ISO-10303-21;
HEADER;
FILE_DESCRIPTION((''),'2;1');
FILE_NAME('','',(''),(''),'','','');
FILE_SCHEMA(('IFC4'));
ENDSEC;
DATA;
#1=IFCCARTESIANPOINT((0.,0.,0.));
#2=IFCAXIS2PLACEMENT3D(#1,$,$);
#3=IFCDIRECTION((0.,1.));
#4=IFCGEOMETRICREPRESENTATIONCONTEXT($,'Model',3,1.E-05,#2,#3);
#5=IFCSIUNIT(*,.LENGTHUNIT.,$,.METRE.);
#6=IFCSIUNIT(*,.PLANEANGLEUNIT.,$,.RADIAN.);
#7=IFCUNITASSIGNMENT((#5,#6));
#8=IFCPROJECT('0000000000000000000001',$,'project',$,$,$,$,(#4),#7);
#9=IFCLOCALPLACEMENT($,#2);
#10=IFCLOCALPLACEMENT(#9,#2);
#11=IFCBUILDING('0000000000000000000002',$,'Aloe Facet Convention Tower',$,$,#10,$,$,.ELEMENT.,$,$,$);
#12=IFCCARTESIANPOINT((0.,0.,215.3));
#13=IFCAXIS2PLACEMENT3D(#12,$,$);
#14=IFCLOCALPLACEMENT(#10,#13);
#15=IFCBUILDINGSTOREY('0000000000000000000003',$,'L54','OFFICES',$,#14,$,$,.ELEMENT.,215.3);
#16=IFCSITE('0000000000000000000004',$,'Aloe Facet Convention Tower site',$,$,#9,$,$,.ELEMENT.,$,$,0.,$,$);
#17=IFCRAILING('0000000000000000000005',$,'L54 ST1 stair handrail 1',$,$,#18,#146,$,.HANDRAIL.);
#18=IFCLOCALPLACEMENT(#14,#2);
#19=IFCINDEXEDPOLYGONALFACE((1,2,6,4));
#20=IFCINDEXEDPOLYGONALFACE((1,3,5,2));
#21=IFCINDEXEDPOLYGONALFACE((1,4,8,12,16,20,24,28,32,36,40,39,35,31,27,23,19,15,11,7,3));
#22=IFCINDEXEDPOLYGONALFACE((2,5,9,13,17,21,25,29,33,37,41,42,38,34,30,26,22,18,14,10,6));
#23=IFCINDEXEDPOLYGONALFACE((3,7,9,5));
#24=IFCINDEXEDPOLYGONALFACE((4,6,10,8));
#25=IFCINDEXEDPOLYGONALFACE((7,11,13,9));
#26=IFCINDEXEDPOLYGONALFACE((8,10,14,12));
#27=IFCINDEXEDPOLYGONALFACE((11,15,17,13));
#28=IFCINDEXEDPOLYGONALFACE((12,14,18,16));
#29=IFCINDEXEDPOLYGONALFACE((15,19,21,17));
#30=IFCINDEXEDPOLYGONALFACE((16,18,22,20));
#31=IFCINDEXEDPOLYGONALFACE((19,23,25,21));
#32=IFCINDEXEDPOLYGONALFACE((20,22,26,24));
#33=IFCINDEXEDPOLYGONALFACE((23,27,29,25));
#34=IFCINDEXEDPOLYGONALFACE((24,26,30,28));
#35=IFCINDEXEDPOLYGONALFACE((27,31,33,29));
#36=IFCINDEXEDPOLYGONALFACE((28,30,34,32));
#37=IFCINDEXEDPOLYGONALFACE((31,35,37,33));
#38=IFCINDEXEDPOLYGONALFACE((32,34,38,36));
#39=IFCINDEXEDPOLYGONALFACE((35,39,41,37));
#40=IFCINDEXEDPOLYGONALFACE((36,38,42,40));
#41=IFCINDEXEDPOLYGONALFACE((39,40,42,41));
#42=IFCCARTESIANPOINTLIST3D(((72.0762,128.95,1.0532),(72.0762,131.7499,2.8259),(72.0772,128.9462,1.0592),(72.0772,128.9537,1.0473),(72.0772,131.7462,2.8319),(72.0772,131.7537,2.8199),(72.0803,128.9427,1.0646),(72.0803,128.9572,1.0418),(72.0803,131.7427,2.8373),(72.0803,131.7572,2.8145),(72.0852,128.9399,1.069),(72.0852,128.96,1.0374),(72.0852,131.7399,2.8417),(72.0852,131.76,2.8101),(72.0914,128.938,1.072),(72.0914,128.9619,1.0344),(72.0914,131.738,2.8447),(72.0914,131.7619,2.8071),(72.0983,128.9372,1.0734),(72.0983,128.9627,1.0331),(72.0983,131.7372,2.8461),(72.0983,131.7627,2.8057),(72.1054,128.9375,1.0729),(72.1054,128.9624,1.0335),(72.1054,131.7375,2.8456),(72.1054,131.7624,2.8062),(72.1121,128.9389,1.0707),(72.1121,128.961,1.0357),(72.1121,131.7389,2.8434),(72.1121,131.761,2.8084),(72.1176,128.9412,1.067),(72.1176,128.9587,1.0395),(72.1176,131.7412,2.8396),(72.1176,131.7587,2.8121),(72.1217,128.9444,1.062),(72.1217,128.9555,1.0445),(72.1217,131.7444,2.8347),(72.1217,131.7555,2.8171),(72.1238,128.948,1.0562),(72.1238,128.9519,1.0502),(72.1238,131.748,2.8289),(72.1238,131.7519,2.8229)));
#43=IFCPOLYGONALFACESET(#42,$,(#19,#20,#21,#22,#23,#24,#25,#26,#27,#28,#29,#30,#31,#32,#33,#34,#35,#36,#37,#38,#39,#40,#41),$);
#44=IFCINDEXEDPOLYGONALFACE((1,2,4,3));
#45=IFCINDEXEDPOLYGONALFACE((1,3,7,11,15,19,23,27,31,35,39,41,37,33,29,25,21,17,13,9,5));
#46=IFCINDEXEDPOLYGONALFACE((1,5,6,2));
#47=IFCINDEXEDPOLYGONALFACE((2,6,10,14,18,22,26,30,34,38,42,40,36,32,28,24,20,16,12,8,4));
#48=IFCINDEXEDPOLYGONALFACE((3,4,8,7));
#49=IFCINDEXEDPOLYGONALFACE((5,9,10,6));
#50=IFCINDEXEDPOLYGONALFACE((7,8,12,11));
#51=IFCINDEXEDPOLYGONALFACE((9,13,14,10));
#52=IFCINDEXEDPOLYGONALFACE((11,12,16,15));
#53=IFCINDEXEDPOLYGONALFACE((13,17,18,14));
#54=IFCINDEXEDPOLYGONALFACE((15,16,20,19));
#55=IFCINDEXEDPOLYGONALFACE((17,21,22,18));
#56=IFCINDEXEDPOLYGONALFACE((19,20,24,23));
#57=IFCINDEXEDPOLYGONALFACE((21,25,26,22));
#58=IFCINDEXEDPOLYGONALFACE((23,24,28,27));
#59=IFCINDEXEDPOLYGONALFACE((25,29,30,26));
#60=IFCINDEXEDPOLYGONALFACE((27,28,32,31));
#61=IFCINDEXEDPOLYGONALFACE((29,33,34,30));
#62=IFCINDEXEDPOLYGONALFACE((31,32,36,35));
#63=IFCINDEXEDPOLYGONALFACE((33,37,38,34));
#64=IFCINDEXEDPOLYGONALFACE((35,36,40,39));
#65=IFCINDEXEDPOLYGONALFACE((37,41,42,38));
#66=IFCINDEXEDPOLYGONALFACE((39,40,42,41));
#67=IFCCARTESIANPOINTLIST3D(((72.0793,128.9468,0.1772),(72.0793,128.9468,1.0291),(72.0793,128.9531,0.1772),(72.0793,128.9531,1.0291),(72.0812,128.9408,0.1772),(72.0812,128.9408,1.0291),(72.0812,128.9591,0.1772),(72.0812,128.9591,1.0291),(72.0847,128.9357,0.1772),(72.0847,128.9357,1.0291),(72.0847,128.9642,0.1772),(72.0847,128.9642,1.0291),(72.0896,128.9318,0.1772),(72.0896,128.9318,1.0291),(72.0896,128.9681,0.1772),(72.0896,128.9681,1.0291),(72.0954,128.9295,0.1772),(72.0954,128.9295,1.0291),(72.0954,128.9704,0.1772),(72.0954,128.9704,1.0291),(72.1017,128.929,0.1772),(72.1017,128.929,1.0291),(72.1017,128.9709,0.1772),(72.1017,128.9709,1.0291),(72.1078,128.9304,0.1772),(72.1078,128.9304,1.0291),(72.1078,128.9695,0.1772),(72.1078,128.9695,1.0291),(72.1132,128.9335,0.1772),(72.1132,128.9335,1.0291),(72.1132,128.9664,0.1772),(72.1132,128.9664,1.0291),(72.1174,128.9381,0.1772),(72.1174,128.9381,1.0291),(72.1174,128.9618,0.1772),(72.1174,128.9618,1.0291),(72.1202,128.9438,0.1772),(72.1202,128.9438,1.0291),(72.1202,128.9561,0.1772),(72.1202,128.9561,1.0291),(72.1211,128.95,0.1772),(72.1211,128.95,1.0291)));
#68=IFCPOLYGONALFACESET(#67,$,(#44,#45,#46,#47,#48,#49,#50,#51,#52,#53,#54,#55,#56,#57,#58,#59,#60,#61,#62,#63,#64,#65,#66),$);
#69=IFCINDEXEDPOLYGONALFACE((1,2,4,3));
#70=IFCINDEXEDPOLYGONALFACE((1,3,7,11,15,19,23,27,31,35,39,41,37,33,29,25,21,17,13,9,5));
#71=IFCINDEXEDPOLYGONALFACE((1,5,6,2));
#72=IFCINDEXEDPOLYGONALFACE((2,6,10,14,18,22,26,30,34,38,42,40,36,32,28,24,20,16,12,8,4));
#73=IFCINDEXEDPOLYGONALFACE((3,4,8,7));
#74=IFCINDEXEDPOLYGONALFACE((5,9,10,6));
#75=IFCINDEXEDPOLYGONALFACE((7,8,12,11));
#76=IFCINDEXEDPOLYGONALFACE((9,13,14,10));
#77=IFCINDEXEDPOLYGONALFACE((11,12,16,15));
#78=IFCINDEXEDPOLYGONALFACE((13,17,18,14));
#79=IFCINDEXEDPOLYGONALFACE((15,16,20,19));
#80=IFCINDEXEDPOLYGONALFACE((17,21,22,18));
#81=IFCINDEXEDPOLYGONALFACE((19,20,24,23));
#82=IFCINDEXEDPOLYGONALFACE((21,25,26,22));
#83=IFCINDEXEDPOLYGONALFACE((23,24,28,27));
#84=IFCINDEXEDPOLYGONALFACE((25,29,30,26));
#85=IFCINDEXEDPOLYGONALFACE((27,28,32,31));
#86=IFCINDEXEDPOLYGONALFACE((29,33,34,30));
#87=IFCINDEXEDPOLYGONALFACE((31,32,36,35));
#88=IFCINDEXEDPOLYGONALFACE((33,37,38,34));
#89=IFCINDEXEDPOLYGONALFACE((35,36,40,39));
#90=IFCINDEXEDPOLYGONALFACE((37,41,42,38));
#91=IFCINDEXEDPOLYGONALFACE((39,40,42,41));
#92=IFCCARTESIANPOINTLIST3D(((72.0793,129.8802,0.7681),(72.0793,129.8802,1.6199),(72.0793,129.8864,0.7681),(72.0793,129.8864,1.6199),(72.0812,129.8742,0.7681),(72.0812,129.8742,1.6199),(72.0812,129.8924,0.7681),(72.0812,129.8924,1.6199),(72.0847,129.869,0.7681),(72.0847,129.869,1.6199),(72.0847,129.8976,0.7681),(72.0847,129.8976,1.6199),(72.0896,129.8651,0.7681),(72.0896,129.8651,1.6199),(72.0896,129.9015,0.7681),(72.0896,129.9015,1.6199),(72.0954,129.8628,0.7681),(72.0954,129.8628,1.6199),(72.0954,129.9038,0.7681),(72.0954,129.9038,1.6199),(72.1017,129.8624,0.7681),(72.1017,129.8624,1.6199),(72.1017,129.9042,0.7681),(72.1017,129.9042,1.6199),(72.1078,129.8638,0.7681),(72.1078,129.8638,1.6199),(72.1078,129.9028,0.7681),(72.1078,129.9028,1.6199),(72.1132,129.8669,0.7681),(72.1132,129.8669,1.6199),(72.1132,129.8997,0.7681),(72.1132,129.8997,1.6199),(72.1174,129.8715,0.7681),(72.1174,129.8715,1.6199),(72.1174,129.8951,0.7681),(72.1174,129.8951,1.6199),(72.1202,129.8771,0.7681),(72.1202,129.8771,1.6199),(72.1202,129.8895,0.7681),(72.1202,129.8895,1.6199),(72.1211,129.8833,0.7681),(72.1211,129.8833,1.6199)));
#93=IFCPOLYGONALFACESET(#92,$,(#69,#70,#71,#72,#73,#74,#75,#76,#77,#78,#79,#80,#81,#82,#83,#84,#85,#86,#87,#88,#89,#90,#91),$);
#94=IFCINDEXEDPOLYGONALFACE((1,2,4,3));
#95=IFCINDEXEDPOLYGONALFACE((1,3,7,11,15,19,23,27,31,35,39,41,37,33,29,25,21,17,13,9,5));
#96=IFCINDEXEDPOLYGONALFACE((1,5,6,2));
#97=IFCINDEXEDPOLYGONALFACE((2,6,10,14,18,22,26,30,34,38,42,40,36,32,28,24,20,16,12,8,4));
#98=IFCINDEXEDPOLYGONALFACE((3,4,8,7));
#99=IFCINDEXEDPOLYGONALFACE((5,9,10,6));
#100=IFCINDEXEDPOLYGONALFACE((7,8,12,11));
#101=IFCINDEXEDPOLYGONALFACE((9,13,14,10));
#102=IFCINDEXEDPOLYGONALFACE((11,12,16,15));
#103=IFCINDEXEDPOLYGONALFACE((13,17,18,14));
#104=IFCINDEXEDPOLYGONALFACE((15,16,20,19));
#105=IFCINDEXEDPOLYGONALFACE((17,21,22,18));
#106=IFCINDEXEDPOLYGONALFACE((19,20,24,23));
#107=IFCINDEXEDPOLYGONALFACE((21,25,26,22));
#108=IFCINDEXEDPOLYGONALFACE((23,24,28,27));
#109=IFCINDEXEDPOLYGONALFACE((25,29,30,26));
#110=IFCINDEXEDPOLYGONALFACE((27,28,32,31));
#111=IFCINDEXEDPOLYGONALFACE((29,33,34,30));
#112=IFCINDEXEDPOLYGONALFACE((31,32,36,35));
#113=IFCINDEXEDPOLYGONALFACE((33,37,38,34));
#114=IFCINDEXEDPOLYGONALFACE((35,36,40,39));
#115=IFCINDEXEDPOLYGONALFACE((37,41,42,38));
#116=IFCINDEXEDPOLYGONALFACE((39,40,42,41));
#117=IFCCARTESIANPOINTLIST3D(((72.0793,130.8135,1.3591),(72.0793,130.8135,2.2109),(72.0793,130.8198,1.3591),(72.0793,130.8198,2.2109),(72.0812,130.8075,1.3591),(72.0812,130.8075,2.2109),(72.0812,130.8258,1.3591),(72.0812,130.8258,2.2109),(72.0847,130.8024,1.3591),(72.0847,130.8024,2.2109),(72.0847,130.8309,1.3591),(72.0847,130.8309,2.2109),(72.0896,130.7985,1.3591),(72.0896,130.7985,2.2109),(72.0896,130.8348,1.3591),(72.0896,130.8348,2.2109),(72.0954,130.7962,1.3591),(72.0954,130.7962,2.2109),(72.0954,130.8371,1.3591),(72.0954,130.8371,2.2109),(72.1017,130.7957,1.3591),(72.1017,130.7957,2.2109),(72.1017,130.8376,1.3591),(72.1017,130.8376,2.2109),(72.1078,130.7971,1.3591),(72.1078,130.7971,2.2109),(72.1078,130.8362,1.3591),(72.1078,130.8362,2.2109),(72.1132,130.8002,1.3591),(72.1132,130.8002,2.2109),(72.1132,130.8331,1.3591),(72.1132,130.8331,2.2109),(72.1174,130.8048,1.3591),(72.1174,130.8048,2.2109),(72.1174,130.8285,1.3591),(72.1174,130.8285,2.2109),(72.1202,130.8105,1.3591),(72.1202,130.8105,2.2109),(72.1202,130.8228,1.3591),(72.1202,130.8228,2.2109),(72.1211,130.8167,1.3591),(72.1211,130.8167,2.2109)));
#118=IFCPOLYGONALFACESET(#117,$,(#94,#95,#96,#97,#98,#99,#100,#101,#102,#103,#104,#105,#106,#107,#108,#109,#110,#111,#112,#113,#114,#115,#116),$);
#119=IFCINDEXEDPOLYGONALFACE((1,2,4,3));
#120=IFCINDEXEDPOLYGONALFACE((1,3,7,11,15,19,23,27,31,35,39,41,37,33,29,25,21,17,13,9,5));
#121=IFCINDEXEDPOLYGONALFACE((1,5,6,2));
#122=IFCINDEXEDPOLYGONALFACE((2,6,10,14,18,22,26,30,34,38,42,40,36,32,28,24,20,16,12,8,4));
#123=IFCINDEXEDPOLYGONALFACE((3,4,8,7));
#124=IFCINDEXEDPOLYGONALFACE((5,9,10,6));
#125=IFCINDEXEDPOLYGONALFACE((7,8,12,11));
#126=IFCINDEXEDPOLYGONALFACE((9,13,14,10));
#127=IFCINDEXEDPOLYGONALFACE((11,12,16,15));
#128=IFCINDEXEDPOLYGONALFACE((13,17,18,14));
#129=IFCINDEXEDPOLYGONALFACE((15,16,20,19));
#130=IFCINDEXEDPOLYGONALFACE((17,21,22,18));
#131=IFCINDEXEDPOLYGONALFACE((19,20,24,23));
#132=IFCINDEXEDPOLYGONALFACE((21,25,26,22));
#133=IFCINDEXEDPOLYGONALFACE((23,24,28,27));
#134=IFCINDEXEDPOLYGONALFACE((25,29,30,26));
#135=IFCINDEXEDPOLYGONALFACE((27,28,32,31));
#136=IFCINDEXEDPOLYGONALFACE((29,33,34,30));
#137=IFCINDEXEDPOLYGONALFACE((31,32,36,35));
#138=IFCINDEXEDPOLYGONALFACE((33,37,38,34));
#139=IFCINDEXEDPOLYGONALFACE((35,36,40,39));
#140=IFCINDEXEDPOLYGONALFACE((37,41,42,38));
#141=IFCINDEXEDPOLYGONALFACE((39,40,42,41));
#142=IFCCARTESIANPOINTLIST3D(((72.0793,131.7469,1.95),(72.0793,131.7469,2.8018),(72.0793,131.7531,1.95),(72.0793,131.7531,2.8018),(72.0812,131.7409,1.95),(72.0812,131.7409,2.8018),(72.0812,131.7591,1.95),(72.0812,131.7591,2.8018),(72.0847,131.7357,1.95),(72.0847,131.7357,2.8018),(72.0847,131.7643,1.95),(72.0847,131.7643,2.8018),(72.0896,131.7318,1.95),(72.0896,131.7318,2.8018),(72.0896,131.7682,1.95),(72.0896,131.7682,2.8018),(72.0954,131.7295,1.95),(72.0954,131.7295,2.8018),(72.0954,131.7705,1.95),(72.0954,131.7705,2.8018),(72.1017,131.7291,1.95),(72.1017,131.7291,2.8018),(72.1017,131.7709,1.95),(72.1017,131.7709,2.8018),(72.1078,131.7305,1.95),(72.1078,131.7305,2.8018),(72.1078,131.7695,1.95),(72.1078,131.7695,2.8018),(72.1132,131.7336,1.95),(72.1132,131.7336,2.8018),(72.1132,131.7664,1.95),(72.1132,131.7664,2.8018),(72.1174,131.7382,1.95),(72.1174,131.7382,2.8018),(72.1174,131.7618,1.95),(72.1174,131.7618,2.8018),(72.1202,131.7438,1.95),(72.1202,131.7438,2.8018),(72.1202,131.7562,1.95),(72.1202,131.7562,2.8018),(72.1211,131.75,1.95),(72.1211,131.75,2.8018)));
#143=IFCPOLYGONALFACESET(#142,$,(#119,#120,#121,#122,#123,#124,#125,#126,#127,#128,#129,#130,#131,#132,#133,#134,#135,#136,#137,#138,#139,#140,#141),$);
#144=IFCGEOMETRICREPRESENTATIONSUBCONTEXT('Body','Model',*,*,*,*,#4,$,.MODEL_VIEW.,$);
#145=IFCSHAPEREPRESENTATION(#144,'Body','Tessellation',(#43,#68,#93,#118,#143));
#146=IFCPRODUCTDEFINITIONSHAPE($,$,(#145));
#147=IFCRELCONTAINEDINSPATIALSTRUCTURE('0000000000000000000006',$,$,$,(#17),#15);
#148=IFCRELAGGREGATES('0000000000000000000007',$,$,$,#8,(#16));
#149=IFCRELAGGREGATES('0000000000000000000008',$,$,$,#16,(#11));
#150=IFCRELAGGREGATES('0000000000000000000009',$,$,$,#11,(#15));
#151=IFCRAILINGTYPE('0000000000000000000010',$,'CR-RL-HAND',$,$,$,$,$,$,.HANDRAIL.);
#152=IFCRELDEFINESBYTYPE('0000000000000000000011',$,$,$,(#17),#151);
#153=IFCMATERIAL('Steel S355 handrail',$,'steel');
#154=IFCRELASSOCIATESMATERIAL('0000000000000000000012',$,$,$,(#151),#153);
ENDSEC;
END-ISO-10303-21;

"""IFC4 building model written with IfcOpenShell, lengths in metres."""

from ifc_helpers import new_model, si_unit, direction, frame, origin, origin_2d, place, context, subcontext, project, spatial, circle, extrude, material, type_object, element, save


model = new_model("IFC4")

# Units and contexts
model_context = context("Model", 3, precision=1e-05, world=origin(), true_north=direction((0.0, 1.0)))
body_context = subcontext(model_context, "Body", "Model", "MODEL_VIEW")
ifc_project = project(units=[si_unit("LENGTHUNIT", "METRE"), si_unit("PLANEANGLEUNIT", "RADIAN")], contexts=[model_context])

# Site, building, storey
site_placement = place(None, origin())
site = spatial("IfcSite", under=ifc_project, at=site_placement, Name="Aloe Facet Convention Tower site", CompositionType="ELEMENT", RefElevation=0.0)
building_placement = place(site_placement, origin())
building = spatial("IfcBuilding", under=site, at=building_placement, Name="Aloe Facet Convention Tower", CompositionType="ELEMENT")
storey_placement = place(building_placement, frame((0.0, 0.0, 215.3)))
storey = spatial("IfcBuildingStorey", under=building, at=storey_placement, Name="L54", Description="OFFICES", CompositionType="ELEMENT", Elevation=215.3)

# Railing
ifc_material_1 = material(Name="Steel S355 handrail", Category="steel")
railing_type_1 = type_object("IfcRailingType", Name="CR-RL-HAND", PredefinedType="HANDRAIL", material=ifc_material_1)
railing_1_placement = place(storey_placement, frame((72.1001, 128.95, 0.1772)))
element("IfcRailing", 1, at=railing_1_placement, inside=storey, type_object=railing_type_1, Name="L54 ST1 stair handrail 1", PredefinedType="HANDRAIL", context=body_context, shape_type="SweptSolid", body=[
    extrude(circle(Radius=0.0239, at=origin_2d()), frame((0.0, 0.0, 0.876), z_axis=(0.0, 0.844909, 0.53491), x_axis=(-1.0, 0.0, 0.0)), (0.0, 0.0, 1.0), 3.314),
    extrude(circle(Radius=0.021, at=origin_2d()), origin(), (0.0, 0.0, 1.0), 0.8518),
    extrude(circle(Radius=0.021, at=origin_2d()), frame((0.0, 0.9333, 0.5908)), (0.0, 0.0, 1.0), 0.8518),
    extrude(circle(Radius=0.021, at=origin_2d()), frame((0.0, 1.8667, 1.1819)), (0.0, 0.0, 1.0), 0.8518),
    extrude(circle(Radius=0.021, at=origin_2d()), frame((0.0, 2.8, 1.7727)), (0.0, 0.0, 1.0), 0.8518),
])

save(model, "model.ifc")
